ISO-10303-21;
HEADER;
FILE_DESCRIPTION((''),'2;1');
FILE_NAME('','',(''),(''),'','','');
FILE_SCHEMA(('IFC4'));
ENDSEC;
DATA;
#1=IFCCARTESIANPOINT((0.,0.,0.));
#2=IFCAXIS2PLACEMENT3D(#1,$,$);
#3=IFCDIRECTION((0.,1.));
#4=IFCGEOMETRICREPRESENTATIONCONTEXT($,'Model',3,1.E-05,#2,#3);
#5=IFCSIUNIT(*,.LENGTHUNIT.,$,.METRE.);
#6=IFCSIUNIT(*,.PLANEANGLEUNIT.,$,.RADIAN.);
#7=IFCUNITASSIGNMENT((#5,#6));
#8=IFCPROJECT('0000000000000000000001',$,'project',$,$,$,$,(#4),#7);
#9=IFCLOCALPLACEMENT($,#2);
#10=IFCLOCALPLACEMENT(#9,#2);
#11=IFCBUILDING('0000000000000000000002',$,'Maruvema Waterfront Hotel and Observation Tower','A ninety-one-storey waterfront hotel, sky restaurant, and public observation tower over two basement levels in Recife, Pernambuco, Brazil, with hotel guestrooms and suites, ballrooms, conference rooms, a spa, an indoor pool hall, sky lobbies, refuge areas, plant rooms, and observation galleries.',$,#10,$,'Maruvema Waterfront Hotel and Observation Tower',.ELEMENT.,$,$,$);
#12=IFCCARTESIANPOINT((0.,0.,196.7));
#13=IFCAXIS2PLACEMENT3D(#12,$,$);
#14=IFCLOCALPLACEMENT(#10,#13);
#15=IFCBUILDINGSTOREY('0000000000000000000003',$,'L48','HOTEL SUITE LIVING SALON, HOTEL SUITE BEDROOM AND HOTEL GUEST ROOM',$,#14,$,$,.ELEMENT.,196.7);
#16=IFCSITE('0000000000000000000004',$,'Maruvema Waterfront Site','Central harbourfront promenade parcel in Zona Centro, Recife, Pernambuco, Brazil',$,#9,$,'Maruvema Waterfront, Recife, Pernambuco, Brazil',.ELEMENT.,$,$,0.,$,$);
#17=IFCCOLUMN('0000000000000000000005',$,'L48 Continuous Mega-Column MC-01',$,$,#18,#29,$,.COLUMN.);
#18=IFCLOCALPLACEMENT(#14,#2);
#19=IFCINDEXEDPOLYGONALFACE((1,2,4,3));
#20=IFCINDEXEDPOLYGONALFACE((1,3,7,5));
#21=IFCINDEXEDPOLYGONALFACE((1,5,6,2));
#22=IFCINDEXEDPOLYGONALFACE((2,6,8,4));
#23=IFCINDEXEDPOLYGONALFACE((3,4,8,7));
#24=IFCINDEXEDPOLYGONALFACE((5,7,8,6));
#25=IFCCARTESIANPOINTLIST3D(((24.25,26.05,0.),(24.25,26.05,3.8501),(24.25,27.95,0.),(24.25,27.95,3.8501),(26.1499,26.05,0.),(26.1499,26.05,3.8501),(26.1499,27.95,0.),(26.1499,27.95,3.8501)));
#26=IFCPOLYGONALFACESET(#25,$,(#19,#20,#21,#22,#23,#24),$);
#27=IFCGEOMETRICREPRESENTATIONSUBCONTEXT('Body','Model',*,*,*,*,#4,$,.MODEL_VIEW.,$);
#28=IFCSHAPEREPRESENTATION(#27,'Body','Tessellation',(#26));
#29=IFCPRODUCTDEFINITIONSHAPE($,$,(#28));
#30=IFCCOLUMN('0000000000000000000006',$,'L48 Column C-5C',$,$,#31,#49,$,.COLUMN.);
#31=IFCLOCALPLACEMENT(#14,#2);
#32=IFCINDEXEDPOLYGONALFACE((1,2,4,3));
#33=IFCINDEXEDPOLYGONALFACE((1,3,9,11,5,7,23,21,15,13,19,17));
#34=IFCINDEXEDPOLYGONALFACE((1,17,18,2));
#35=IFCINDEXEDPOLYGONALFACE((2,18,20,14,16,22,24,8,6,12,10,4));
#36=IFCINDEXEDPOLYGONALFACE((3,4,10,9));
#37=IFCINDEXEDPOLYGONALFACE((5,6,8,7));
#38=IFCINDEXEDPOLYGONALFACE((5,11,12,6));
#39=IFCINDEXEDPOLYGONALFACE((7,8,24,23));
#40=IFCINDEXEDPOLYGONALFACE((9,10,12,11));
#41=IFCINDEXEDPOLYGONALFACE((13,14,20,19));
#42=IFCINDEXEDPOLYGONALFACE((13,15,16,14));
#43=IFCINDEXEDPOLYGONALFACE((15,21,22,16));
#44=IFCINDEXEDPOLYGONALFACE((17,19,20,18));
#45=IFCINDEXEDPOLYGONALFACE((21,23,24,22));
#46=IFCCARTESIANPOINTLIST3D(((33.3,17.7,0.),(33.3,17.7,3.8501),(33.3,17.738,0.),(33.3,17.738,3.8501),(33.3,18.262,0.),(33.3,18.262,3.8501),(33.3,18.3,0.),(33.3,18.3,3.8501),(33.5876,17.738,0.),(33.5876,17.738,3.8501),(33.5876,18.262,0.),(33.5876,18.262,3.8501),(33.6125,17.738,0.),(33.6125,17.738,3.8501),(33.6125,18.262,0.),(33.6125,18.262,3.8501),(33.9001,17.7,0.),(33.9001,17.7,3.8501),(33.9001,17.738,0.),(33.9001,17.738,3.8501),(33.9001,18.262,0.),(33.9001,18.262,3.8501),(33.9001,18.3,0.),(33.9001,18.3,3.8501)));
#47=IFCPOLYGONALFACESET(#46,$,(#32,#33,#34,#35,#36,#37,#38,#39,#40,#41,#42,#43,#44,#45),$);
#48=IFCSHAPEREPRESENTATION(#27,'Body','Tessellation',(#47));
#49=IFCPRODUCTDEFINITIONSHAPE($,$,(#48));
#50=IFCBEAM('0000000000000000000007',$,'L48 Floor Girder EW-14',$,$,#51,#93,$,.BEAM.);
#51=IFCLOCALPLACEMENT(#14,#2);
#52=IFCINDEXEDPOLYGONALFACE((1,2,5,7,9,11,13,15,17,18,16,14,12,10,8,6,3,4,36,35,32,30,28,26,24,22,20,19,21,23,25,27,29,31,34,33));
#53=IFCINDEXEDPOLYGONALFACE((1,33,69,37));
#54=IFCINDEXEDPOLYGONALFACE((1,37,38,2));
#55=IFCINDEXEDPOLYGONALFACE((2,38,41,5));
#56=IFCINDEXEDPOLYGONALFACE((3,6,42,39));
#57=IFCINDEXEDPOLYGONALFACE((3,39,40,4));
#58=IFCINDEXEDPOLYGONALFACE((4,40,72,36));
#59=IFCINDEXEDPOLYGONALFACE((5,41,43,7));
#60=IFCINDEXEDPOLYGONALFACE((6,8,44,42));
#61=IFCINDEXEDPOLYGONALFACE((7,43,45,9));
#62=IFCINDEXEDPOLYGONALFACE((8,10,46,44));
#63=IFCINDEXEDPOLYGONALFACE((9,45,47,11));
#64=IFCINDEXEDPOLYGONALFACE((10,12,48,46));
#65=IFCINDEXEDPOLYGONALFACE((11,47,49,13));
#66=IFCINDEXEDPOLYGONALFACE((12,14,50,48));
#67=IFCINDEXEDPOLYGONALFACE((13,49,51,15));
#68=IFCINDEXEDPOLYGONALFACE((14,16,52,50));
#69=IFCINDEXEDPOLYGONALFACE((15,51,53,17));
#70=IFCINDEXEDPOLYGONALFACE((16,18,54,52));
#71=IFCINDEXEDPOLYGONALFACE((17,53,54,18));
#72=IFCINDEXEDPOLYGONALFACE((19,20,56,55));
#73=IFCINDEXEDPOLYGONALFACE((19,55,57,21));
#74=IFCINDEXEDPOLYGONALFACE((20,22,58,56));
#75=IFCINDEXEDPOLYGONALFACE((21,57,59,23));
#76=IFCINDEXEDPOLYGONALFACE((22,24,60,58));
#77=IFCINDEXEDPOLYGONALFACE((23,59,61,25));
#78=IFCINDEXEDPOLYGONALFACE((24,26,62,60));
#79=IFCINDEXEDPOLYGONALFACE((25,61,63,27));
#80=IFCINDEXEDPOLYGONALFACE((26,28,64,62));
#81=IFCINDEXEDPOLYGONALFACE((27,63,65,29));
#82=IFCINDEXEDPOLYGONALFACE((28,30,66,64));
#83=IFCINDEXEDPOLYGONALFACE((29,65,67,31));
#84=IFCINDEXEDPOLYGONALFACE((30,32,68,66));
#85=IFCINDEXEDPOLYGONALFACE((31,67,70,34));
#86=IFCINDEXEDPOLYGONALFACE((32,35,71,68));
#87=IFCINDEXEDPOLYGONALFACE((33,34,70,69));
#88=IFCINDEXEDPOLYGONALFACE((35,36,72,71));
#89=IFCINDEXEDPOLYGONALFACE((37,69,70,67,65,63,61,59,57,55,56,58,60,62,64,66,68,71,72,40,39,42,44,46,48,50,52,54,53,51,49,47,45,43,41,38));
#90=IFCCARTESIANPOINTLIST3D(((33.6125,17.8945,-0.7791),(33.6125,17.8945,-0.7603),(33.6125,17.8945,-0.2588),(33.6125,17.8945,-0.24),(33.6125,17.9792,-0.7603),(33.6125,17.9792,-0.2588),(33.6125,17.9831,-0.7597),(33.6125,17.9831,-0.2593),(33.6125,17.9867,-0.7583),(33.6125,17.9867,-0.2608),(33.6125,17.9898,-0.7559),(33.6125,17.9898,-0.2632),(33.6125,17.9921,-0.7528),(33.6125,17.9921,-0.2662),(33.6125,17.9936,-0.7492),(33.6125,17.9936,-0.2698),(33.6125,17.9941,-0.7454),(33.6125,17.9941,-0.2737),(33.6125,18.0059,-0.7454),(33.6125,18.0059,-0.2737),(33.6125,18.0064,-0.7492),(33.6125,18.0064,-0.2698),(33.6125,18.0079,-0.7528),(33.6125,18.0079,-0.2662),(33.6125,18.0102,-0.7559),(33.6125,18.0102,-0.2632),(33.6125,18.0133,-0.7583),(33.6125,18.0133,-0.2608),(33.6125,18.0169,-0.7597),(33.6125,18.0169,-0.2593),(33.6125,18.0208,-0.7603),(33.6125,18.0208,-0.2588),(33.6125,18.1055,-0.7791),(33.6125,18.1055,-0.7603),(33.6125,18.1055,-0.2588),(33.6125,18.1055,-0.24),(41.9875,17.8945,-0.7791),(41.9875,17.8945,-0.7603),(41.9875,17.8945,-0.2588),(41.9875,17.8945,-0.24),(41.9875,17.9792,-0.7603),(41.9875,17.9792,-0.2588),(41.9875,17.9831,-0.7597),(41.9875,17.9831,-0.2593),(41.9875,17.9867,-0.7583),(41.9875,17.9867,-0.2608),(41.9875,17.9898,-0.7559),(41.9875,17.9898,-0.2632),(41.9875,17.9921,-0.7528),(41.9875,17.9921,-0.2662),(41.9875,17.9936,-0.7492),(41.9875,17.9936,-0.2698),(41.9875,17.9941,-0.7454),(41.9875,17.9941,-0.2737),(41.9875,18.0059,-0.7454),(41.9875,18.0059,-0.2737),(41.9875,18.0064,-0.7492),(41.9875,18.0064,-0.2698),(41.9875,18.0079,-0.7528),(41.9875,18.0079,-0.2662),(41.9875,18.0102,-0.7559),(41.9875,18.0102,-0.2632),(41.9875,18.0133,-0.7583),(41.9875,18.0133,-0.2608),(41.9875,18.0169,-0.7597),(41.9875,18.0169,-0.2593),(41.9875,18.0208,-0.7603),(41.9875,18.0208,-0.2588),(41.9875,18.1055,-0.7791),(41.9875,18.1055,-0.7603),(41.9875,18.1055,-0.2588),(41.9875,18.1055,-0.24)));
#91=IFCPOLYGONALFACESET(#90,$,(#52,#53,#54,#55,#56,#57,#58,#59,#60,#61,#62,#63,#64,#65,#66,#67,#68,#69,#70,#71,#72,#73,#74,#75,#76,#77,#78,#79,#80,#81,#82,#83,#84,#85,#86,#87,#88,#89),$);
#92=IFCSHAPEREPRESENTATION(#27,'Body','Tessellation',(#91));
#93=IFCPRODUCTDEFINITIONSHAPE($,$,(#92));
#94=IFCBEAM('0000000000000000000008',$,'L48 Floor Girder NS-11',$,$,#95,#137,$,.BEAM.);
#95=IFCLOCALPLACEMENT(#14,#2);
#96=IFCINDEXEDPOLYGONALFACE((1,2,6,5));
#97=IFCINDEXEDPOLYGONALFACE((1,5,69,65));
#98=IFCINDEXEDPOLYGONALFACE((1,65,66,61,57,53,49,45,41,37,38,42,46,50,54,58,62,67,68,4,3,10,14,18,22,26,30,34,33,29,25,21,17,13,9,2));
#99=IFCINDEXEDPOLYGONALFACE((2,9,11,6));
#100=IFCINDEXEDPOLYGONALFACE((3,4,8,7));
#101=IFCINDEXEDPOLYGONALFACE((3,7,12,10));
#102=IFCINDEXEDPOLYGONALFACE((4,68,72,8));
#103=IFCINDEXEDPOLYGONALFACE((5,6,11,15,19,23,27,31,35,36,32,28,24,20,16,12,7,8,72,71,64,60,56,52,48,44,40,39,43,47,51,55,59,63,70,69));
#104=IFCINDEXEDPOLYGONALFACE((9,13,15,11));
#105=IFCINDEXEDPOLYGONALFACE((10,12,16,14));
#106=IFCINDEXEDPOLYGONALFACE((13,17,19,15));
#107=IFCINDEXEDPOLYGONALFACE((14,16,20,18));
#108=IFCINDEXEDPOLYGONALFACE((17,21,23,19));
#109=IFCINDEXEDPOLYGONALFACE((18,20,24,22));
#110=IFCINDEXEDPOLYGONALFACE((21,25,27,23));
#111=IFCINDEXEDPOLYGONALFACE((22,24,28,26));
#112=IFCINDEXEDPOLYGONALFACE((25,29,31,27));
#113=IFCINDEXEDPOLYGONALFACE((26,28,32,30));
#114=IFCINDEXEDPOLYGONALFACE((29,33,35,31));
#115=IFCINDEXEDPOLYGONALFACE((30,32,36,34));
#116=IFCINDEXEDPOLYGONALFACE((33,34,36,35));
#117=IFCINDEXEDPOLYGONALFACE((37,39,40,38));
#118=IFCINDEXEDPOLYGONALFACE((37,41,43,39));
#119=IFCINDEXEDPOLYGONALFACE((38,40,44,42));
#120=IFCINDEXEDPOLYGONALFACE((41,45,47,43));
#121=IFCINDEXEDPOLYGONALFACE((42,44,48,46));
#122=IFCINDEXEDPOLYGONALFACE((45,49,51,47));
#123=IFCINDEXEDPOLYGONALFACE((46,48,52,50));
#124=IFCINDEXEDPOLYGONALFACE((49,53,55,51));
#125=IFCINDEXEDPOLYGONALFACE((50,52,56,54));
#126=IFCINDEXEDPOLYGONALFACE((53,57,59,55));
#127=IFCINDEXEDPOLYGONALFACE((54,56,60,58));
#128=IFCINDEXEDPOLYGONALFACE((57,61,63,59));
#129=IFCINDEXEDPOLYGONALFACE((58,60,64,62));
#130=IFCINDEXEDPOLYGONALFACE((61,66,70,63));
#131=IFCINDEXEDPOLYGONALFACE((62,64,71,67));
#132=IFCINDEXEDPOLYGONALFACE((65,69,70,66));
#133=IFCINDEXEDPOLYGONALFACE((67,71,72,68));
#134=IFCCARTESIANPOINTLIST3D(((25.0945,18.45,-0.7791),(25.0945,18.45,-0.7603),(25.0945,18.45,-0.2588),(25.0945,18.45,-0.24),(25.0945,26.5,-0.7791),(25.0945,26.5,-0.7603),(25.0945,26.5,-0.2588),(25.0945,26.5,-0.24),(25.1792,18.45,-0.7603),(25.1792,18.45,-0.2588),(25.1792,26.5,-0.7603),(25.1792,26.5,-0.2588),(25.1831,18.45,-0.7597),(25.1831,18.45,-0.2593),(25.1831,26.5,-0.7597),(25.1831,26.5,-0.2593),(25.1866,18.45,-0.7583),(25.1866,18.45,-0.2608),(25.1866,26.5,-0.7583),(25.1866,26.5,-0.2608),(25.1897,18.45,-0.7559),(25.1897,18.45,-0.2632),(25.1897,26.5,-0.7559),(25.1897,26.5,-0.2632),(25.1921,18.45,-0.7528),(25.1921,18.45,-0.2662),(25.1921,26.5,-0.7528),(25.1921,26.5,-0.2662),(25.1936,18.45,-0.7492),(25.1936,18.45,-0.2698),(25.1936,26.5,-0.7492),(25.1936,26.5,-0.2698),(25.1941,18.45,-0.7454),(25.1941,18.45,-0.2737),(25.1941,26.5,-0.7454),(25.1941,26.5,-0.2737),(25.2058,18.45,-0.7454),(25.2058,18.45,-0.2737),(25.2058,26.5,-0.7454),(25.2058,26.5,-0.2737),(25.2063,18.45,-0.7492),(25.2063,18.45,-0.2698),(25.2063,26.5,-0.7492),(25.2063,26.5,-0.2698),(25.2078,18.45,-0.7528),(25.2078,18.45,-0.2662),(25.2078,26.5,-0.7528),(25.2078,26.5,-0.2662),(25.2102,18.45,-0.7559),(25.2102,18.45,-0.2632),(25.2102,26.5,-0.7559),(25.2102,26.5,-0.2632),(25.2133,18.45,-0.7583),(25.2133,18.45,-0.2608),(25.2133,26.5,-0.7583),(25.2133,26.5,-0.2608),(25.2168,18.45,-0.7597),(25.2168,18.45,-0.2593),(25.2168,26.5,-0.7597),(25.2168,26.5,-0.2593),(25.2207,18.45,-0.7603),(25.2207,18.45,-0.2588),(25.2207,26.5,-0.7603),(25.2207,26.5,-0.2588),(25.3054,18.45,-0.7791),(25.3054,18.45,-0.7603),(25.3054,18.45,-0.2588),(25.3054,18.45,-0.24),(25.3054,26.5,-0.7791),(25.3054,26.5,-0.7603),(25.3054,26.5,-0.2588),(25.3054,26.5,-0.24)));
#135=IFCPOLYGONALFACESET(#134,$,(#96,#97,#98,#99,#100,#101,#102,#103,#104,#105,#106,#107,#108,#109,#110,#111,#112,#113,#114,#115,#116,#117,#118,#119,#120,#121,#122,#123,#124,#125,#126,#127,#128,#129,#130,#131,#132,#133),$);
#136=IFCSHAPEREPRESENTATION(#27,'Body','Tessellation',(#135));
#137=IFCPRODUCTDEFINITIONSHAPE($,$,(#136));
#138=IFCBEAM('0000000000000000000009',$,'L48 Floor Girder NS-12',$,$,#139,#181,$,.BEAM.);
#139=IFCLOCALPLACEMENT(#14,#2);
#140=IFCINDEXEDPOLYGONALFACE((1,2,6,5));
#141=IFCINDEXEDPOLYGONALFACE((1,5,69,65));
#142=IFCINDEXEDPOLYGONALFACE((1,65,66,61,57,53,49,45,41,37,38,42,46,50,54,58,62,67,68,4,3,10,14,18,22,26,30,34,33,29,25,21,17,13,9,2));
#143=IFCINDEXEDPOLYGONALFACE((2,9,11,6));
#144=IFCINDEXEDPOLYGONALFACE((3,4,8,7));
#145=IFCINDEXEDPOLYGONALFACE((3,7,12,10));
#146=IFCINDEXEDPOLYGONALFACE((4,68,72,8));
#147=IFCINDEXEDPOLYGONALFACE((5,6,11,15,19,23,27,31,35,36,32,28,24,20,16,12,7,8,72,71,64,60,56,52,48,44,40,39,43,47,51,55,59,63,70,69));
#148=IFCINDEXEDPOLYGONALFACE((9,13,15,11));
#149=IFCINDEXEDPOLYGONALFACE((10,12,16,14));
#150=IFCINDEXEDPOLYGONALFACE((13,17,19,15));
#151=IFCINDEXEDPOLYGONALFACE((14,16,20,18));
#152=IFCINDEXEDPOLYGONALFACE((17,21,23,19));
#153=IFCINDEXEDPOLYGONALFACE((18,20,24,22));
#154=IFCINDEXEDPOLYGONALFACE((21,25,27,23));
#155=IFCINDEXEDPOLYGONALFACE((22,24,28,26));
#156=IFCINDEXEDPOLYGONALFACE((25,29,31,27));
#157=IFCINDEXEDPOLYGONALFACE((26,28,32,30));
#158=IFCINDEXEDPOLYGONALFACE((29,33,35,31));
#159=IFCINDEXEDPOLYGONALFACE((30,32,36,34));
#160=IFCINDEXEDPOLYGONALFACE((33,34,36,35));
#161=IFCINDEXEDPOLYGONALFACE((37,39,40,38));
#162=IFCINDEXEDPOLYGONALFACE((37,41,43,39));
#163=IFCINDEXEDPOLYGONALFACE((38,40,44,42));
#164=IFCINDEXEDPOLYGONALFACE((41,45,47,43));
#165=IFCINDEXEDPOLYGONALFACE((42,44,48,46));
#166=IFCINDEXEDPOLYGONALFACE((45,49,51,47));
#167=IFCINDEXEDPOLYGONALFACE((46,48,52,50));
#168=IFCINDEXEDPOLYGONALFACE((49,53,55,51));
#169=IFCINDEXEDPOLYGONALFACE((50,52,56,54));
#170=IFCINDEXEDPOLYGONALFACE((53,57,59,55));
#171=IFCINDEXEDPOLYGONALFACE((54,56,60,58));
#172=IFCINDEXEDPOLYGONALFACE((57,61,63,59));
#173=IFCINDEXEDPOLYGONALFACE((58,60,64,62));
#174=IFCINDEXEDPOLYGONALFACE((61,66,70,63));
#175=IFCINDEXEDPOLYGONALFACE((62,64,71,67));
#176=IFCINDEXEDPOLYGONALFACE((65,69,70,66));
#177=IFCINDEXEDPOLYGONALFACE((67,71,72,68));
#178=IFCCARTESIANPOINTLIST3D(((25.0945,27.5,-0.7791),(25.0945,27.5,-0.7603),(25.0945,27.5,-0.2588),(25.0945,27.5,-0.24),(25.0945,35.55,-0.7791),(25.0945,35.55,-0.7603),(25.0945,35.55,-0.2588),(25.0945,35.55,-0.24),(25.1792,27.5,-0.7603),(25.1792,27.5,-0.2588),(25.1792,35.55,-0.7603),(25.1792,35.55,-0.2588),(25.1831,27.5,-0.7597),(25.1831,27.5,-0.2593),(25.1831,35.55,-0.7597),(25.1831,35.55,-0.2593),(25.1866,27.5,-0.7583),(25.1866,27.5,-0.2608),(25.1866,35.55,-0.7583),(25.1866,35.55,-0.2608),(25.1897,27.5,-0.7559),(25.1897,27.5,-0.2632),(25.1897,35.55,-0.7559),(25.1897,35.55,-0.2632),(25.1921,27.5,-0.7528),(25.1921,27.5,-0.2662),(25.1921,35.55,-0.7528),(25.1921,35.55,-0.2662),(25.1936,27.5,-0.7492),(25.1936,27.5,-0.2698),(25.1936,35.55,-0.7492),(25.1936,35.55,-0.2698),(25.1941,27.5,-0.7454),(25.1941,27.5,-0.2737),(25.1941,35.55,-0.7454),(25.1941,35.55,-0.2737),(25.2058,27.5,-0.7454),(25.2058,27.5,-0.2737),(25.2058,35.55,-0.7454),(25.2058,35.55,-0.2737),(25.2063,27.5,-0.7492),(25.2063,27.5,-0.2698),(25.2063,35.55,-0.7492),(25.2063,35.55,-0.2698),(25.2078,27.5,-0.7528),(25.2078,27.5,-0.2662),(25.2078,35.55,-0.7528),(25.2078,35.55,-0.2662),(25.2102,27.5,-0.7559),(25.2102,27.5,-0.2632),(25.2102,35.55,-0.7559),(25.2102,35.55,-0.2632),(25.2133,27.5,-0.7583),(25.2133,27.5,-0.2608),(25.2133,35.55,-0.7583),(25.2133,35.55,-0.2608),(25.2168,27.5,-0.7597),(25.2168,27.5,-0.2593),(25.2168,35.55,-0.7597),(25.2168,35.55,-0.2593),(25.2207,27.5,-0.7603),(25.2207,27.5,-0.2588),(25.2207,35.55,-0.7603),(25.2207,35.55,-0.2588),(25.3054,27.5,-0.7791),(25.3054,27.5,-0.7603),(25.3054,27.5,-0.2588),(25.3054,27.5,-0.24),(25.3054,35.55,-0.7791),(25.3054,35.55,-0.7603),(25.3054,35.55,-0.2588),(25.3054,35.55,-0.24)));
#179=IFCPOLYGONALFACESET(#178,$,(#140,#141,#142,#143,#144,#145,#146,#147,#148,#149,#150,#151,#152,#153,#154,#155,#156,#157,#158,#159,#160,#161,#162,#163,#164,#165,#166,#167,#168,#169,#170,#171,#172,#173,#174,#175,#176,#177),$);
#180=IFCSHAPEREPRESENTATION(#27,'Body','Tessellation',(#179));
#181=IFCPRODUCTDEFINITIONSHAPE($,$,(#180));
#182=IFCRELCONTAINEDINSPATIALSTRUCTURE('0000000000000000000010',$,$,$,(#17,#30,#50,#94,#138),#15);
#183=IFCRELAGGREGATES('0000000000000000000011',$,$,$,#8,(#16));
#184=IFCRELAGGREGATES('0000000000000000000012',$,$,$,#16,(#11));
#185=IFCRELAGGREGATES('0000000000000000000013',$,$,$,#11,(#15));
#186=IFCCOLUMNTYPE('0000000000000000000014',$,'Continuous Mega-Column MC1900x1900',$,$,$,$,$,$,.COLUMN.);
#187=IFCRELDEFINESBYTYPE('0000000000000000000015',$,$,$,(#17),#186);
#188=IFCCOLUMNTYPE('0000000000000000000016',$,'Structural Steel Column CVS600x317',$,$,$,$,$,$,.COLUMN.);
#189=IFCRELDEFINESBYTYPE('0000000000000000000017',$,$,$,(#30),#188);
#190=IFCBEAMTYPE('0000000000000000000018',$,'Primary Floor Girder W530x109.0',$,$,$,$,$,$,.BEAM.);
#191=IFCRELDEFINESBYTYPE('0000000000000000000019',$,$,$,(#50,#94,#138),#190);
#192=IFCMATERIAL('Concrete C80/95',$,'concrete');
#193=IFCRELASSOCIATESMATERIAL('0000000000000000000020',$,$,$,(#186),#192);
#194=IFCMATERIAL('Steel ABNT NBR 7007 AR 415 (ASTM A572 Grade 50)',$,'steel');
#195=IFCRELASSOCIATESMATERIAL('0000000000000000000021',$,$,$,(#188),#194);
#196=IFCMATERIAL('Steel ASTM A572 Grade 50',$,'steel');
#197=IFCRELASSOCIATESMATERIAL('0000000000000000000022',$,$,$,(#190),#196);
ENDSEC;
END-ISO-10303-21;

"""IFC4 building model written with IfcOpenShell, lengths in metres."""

from ifc_helpers import new_model, si_unit, direction, frame, origin, origin_2d, place, context, subcontext, project, spatial, rectangle, i_section, extrude, material, material_profile, profile_set, type_object, element, save


model = new_model("IFC4")

# Units and contexts
model_context = context("Model", 3, precision=1e-05, world=origin(), true_north=direction((0.0, 1.0)))
body_context = subcontext(model_context, "Body", "Model", "MODEL_VIEW")
ifc_project = project(units=[si_unit("LENGTHUNIT", "METRE"), si_unit("PLANEANGLEUNIT", "RADIAN")], contexts=[model_context])

# Site, building, storey
site_placement = place(None, origin())
site = spatial("IfcSite", under=ifc_project, at=site_placement, Name="Maruvema Waterfront Site", Description="Central harbourfront promenade parcel in Zona Centro, Recife, Pernambuco, Brazil", LongName="Maruvema Waterfront, Recife, Pernambuco, Brazil", CompositionType="ELEMENT", RefElevation=0.0)
building_placement = place(site_placement, origin())
building = spatial("IfcBuilding", under=site, at=building_placement, Name="Maruvema Waterfront Hotel and Observation Tower", Description="A ninety-one-storey waterfront hotel, sky restaurant, and public observation tower over two basement levels in Recife, Pernambuco, Brazil, with hotel guestrooms and suites, ballrooms, conference rooms, a spa, an indoor pool hall, sky lobbies, refuge areas, plant rooms, and observation galleries.", LongName="Maruvema Waterfront Hotel and Observation Tower", CompositionType="ELEMENT")
storey_placement = place(building_placement, frame((0.0, 0.0, 196.7)))
storey = spatial("IfcBuildingStorey", under=building, at=storey_placement, Name="L48", Description="HOTEL SUITE LIVING SALON, HOTEL SUITE BEDROOM AND HOTEL GUEST ROOM", CompositionType="ELEMENT", Elevation=196.7)

# Columns
ifc_material_1 = material(Name="Concrete C80/95", Category="concrete")
ifc_material_profile_1 = material_profile(ifc_material_1, rectangle(XDim=1.8999, YDim=1.8999, at=origin_2d()), Name="MC1900x1900")
ifc_profile_set_1 = profile_set([ifc_material_profile_1], Name="Concrete C80/95")
column_type_1 = type_object("IfcColumnType", Name="Continuous Mega-Column MC1900x1900", PredefinedType="COLUMN", material=ifc_profile_set_1)
column_1_placement = place(storey_placement, frame((25.2, 27.0, 0.0), z_axis=(0.0, 0.0, 1.0), x_axis=(1.0, 0.0, 0.0)))
element("IfcColumn", 1, at=column_1_placement, inside=storey, type_object=column_type_1, Name="L48 Continuous Mega-Column MC-01", PredefinedType="COLUMN", context=body_context, shape_type="SweptSolid", body=[
    extrude(rectangle(XDim=1.8999, YDim=1.8999, at=origin_2d()), origin(), (0.0, 0.0, 1.0), 3.8501),
])
ifc_material_2 = material(Name="Steel ABNT NBR 7007 AR 415 (ASTM A572 Grade 50)", Category="steel")
ifc_material_profile_2 = material_profile(ifc_material_2, i_section(OverallWidth=0.6001, OverallDepth=0.6001, WebThickness=0.0249, FlangeThickness=0.0381, at=origin_2d()), Name="CVS600x317")
ifc_profile_set_2 = profile_set([ifc_material_profile_2], Name="Steel ABNT NBR 7007 AR 415 (ASTM A572 Grade 50)")
column_type_2 = type_object("IfcColumnType", Name="Structural Steel Column CVS600x317", PredefinedType="COLUMN", material=ifc_profile_set_2)
column_2_placement = place(storey_placement, frame((33.6001, 18.0, 0.0), z_axis=(0.0, 0.0, 1.0), x_axis=(1.0, 0.0, 0.0)))
element("IfcColumn", 2, at=column_2_placement, inside=storey, type_object=column_type_2, Name="L48 Column C-5C", PredefinedType="COLUMN", context=body_context, shape_type="SweptSolid", body=[
    extrude(i_section(OverallWidth=0.6001, OverallDepth=0.6001, WebThickness=0.0249, FlangeThickness=0.0381, at=origin_2d()), origin(), (0.0, 0.0, 1.0), 3.8501),
])

# Beams
ifc_material_3 = material(Name="Steel ASTM A572 Grade 50", Category="steel")
ifc_material_profile_3 = material_profile(ifc_material_3, i_section(OverallWidth=0.2109, OverallDepth=0.5391, WebThickness=0.0117, FlangeThickness=0.0188, FilletRadius=0.0149, at=origin_2d()), Name="W530x109.0")
ifc_profile_set_3 = profile_set([ifc_material_profile_3], Name="Steel ASTM A572 Grade 50")
beam_type_1 = type_object("IfcBeamType", Name="Primary Floor Girder W530x109.0", PredefinedType="BEAM", material=ifc_profile_set_3)
beam_1_placement = place(storey_placement, frame((33.6125, 18.0, -0.5095), z_axis=(1.0, 0.0, 0.0), x_axis=(0.0, 1.0, 0.0)))
element("IfcBeam", 3, at=beam_1_placement, inside=storey, type_object=beam_type_1, Name="L48 Floor Girder EW-14", PredefinedType="BEAM", context=body_context, shape_type="SweptSolid", body=[
    extrude(i_section(OverallWidth=0.2109, OverallDepth=0.5391, WebThickness=0.0117, FlangeThickness=0.0188, FilletRadius=0.0149, at=origin_2d()), origin(), (0.0, 0.0, 1.0), 8.375),
])
for number, where, z_axis, x_axis, name in (
    (4, (25.2, 18.45, -0.5095), (0.0, 1.0, 0.0), (-1.0, 0.0, 0.0), "L48 Floor Girder NS-11"),
    (5, (25.2, 27.5, -0.5095), (0.0, 1.0, 0.0), (-1.0, 0.0, 0.0), "L48 Floor Girder NS-12"),
):
    element("IfcBeam", number, at=place(storey_placement, frame(where, z_axis=z_axis, x_axis=x_axis)), inside=storey, type_object=beam_type_1, Name=name, PredefinedType="BEAM", context=body_context, shape_type="SweptSolid", body=[
        extrude(i_section(OverallWidth=0.2109, OverallDepth=0.5391, WebThickness=0.0117, FlangeThickness=0.0188, FilletRadius=0.0149, at=origin_2d()), origin(), (0.0, 0.0, 1.0), 8.05),
    ])

save(model, "model.ifc")
